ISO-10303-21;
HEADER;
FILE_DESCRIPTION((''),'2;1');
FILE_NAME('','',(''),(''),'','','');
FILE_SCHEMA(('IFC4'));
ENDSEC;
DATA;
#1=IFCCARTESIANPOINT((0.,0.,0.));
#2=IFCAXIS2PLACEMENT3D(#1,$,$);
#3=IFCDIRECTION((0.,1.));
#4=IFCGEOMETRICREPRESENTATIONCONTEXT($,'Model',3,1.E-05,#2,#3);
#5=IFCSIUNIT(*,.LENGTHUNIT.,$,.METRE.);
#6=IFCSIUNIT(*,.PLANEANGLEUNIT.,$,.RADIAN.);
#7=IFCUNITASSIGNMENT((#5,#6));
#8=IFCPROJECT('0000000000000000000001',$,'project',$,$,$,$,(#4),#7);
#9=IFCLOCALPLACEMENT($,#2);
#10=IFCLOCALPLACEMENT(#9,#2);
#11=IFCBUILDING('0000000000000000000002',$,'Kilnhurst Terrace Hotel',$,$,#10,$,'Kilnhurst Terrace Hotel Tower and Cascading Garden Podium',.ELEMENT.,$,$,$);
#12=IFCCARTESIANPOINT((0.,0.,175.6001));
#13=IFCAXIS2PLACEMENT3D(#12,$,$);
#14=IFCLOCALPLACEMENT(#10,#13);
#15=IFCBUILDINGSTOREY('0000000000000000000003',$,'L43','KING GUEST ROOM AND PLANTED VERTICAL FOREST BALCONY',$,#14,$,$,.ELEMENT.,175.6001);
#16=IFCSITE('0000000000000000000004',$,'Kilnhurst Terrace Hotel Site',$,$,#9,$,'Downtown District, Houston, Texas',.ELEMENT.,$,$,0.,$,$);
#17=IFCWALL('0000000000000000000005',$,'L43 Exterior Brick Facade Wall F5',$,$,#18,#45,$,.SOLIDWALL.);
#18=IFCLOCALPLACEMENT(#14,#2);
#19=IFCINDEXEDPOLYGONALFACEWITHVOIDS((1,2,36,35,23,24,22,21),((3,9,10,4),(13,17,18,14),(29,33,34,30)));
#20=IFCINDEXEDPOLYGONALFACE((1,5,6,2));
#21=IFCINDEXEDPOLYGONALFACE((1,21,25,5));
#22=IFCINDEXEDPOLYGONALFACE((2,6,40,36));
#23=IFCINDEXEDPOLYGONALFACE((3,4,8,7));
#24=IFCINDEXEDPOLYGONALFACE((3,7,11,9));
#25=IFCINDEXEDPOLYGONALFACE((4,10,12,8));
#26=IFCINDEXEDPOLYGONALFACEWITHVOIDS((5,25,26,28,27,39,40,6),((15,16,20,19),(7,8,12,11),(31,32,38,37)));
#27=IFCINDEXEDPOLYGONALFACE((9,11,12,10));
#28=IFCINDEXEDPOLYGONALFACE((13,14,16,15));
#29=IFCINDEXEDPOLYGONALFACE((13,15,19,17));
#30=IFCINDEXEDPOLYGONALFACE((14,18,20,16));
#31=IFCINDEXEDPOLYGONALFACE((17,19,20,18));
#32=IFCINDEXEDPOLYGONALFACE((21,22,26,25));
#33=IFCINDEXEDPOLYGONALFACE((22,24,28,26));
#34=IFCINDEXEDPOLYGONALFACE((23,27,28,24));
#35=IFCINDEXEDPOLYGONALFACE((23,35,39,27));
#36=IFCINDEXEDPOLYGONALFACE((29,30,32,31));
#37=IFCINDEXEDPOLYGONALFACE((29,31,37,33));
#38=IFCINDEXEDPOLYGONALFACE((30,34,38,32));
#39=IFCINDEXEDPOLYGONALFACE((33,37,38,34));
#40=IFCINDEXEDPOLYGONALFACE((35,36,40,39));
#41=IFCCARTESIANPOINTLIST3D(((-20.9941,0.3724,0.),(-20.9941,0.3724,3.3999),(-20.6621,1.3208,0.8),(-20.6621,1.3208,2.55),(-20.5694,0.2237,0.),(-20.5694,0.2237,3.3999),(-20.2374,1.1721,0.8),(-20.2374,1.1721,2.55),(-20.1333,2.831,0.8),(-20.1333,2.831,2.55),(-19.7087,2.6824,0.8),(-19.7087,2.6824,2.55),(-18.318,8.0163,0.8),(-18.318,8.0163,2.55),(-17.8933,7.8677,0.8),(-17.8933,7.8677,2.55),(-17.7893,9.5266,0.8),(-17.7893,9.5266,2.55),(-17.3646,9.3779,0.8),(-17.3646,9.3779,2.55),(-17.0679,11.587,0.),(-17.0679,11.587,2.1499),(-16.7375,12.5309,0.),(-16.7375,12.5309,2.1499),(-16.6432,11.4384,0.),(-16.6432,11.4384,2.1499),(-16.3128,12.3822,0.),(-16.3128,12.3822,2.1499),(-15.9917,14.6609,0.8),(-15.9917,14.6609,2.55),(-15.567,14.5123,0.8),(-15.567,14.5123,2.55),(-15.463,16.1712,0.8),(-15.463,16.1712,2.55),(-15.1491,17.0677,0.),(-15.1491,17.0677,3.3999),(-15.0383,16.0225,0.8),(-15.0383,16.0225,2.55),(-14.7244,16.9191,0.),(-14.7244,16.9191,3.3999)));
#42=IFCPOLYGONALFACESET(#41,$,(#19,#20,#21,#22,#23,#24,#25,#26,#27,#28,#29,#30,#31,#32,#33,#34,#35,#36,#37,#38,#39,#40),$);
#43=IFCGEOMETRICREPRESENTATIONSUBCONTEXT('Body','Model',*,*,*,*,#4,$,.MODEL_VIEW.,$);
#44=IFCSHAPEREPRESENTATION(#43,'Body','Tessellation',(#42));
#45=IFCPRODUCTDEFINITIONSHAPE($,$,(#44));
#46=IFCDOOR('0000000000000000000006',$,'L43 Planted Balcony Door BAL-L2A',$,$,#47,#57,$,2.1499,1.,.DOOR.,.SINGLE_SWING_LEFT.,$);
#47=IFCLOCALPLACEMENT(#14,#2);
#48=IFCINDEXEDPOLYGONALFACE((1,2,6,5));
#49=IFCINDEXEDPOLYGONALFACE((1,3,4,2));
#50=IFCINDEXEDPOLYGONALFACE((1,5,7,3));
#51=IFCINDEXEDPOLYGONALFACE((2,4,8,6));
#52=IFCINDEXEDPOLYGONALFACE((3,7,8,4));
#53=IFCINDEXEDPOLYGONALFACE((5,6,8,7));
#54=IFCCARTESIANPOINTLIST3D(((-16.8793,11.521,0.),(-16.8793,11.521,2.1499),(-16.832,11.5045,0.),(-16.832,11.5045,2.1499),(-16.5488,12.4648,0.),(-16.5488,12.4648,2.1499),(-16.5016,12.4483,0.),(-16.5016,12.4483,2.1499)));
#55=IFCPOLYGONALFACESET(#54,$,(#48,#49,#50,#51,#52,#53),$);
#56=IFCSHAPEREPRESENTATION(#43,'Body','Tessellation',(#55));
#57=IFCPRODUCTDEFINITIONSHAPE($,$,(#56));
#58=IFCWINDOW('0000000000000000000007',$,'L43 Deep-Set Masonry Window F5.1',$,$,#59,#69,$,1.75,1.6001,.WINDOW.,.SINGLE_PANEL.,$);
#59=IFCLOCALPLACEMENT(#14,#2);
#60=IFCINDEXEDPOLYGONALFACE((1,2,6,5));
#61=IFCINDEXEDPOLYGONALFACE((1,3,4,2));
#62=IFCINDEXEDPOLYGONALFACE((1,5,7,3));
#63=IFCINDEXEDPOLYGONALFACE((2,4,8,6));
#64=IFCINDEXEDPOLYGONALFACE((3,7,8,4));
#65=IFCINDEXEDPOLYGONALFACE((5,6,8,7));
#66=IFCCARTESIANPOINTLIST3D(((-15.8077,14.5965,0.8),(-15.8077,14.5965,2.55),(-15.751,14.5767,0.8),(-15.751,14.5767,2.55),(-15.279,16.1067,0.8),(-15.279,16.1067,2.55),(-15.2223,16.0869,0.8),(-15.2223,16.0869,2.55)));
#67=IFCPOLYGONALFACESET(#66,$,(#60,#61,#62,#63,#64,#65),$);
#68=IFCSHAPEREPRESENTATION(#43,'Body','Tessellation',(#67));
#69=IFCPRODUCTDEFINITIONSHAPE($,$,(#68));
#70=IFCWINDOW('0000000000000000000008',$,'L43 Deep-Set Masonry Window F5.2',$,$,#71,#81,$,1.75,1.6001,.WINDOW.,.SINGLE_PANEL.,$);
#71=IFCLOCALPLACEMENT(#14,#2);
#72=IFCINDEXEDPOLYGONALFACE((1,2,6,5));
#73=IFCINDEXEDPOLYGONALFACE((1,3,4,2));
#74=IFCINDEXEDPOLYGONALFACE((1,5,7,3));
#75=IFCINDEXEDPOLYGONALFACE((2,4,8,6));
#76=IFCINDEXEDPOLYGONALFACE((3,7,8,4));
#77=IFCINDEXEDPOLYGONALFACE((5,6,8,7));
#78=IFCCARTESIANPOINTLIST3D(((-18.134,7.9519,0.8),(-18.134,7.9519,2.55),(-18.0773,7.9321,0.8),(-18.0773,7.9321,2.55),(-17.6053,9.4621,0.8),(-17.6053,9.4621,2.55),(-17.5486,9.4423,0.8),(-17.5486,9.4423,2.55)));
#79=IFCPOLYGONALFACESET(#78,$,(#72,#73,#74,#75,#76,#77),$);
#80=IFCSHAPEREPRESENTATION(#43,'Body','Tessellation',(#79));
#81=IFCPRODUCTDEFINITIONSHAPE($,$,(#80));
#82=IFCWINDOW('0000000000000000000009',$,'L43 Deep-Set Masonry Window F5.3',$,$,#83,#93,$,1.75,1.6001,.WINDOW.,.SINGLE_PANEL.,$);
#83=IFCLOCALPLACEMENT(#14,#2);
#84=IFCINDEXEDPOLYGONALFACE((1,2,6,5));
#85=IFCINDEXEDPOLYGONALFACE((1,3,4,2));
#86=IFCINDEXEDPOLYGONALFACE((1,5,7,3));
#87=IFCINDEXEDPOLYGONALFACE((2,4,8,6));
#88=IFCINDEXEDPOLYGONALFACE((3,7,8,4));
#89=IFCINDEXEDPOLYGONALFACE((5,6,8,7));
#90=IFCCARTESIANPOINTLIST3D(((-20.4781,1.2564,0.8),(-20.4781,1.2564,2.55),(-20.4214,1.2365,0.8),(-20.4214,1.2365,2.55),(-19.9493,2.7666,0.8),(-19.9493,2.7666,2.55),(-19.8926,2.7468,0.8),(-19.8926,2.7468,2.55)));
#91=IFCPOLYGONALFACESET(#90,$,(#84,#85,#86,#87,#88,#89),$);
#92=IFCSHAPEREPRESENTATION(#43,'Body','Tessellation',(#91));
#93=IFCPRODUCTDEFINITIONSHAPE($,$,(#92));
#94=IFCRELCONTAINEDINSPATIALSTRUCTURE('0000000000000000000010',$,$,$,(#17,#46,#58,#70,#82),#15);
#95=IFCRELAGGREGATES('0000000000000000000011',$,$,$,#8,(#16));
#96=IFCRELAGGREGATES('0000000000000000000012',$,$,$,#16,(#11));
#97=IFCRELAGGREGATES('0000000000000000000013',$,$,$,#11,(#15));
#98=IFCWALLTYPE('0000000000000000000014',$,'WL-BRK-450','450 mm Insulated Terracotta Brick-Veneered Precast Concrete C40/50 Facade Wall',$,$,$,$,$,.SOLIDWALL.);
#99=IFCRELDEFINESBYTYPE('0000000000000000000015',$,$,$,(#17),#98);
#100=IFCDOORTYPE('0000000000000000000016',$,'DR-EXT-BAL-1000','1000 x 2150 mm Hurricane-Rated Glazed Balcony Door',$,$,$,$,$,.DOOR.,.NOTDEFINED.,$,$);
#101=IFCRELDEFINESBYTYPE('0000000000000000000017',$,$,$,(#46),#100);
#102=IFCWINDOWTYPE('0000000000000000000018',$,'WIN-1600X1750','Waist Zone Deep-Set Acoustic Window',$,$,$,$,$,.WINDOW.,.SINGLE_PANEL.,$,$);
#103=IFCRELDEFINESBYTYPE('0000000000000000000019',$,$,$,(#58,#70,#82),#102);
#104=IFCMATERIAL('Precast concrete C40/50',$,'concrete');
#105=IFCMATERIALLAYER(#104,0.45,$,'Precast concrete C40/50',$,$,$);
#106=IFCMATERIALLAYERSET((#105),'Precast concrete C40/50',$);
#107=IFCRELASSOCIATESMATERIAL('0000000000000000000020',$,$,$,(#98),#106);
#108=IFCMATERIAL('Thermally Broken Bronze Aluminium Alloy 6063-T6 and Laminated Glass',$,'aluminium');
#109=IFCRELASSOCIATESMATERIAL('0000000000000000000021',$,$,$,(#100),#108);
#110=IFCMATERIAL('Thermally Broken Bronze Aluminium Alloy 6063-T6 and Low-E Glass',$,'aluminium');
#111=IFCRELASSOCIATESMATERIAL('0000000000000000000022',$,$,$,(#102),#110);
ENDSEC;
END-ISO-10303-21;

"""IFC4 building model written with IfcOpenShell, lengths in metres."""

from ifc_helpers import new_model, si_unit, direction, frame, frame_2d, origin, place, context, subcontext, project, spatial, rectangle, extrude, material, layer, layer_set, type_object, element, fill, save


model = new_model("IFC4")

# Units and contexts
model_context = context("Model", 3, precision=1e-05, world=origin(), true_north=direction((0.0, 1.0)))
body_context = subcontext(model_context, "Body", "Model", "MODEL_VIEW")
ifc_project = project(units=[si_unit("LENGTHUNIT", "METRE"), si_unit("PLANEANGLEUNIT", "RADIAN")], contexts=[model_context])

# Site, building, storey
site_placement = place(None, origin())
site = spatial("IfcSite", under=ifc_project, at=site_placement, Name="Kilnhurst Terrace Hotel Site", LongName="Downtown District, Houston, Texas", CompositionType="ELEMENT", RefElevation=0.0)
building_placement = place(site_placement, origin())
building = spatial("IfcBuilding", under=site, at=building_placement, Name="Kilnhurst Terrace Hotel", LongName="Kilnhurst Terrace Hotel Tower and Cascading Garden Podium", CompositionType="ELEMENT")
storey_placement = place(building_placement, frame((0.0, 0.0, 175.6001)))
storey = spatial("IfcBuildingStorey", under=building, at=storey_placement, Name="L43", Description="KING GUEST ROOM AND PLANTED VERTICAL FOREST BALCONY", CompositionType="ELEMENT", Elevation=175.6001)

# Shared definitions
ifc_material_1 = material(Name="Precast concrete C40/50", Category="concrete")
ifc_layer_1 = layer(ifc_material_1, 0.45, Name="Precast concrete C40/50")
ifc_layer_set_1 = layer_set([ifc_layer_1], Name="Precast concrete C40/50")
wall_type_1 = type_object("IfcWallType", Name="WL-BRK-450", Description="450 mm Insulated Terracotta Brick-Veneered Precast Concrete C40/50 Facade Wall", PredefinedType="SOLIDWALL", material=ifc_layer_set_1)

# Wall, openings, door, windows
wall_1_placement = place(storey_placement, frame((-14.9368, 16.9934, 0.0), z_axis=(0.0, 0.0, 1.0), x_axis=(-0.330432, -0.94383, 0.0)))
wall_1 = element("IfcWall", 1, at=wall_1_placement, inside=storey, type_object=wall_type_1, Name="L43 Exterior Brick Facade Wall F5", PredefinedType="SOLIDWALL", context=body_context, shape_type="SweptSolid", body=[
    extrude(rectangle(XDim=17.689, YDim=0.45, at=frame_2d((8.8445, 0.0))), origin(), (0.0, 0.0, 1.0), 3.3999),
])
opening_1_placement = place(wall_1_placement, frame((4.8069, 0.0, 0.0)))
opening_1 = element("IfcOpeningElement", 2, at=opening_1_placement, cuts=wall_1, PredefinedType="OPENING", context=body_context, shape_type="SweptSolid", body=[
    extrude(rectangle(XDim=1.0, YDim=2.1499, at=frame_2d((0.5, 1.075))), frame((0.0, 0.2349, 0.0), z_axis=(0.0, -1.0, 0.0), x_axis=(1.0, 0.0, 0.0)), (0.0, 0.0, 1.0), 0.47),
])
opening_2_placement = place(wall_1_placement, frame((0.95, 0.0, 0.8)))
opening_2 = element("IfcOpeningElement", 3, at=opening_2_placement, cuts=wall_1, PredefinedType="OPENING", context=body_context, shape_type="SweptSolid", body=[
    extrude(rectangle(XDim=1.6001, YDim=1.75, at=frame_2d((0.8, 0.875))), frame((0.0, 0.2349, 0.0), z_axis=(0.0, -1.0, 0.0), x_axis=(1.0, 0.0, 0.0)), (0.0, 0.0, 1.0), 0.47),
])
opening_3_placement = place(wall_1_placement, frame((7.99, 0.0, 0.8)))
opening_3 = element("IfcOpeningElement", 4, at=opening_3_placement, cuts=wall_1, PredefinedType="OPENING", context=body_context, shape_type="SweptSolid", body=[
    extrude(rectangle(XDim=1.6001, YDim=1.75, at=frame_2d((0.8, 0.875))), frame((0.0, 0.2349, 0.0), z_axis=(0.0, -1.0, 0.0), x_axis=(1.0, 0.0, 0.0)), (0.0, 0.0, 1.0), 0.47),
])
opening_4_placement = place(wall_1_placement, frame((15.084, 0.0, 0.8)))
opening_4 = element("IfcOpeningElement", 5, at=opening_4_placement, cuts=wall_1, PredefinedType="OPENING", context=body_context, shape_type="SweptSolid", body=[
    extrude(rectangle(XDim=1.6001, YDim=1.75, at=frame_2d((0.8, 0.875))), frame((0.0, 0.2349, 0.0), z_axis=(0.0, -1.0, 0.0), x_axis=(1.0, 0.0, 0.0)), (0.0, 0.0, 1.0), 0.47),
])
ifc_material_2 = material(Name="Thermally Broken Bronze Aluminium Alloy 6063-T6 and Laminated Glass", Category="aluminium")
door_type_1 = type_object("IfcDoorType", Name="DR-EXT-BAL-1000", Description="1000 x 2150 mm Hurricane-Rated Glazed Balcony Door", OperationType="NOTDEFINED", PredefinedType="DOOR", material=ifc_material_2)
door_1_placement = place(opening_1_placement, origin())
door_1 = element("IfcDoor", 6, at=door_1_placement, inside=storey, type_object=door_type_1, Name="L43 Planted Balcony Door BAL-L2A", OperationType="SINGLE_SWING_LEFT", OverallHeight=2.1499, OverallWidth=1.0, PredefinedType="DOOR", context=body_context, shape_type="SweptSolid", body=[
    extrude(rectangle(XDim=1.0, YDim=2.1499, at=frame_2d((0.5, 1.075))), frame((0.0, 0.0249, 0.0), z_axis=(0.0, -1.0, 0.0), x_axis=(1.0, 0.0, 0.0)), (0.0, 0.0, 1.0), 0.05),
])
fill(opening_1, door_1)
ifc_material_3 = material(Name="Thermally Broken Bronze Aluminium Alloy 6063-T6 and Low-E Glass", Category="aluminium")
window_type = type_object("IfcWindowType", Name="WIN-1600X1750", Description="Waist Zone Deep-Set Acoustic Window", PartitioningType="SINGLE_PANEL", PredefinedType="WINDOW", material=ifc_material_3)
window_1_placement = place(opening_2_placement, origin())
window_1 = element("IfcWindow", 7, at=window_1_placement, inside=storey, type_object=window_type, Name="L43 Deep-Set Masonry Window F5.1", OverallHeight=1.75, OverallWidth=1.6001, PartitioningType="SINGLE_PANEL", PredefinedType="WINDOW", context=body_context, shape_type="SweptSolid", body=[
    extrude(rectangle(XDim=1.6001, YDim=1.75, at=frame_2d((0.8, 0.875))), frame((0.0, 0.03, 0.0), z_axis=(0.0, -1.0, 0.0), x_axis=(1.0, 0.0, 0.0)), (0.0, 0.0, 1.0), 0.0601),
])
fill(opening_2, window_1)
window_2_placement = place(opening_3_placement, origin())
window_2 = element("IfcWindow", 8, at=window_2_placement, inside=storey, type_object=window_type, Name="L43 Deep-Set Masonry Window F5.2", OverallHeight=1.75, OverallWidth=1.6001, PartitioningType="SINGLE_PANEL", PredefinedType="WINDOW", context=body_context, shape_type="SweptSolid", body=[
    extrude(rectangle(XDim=1.6001, YDim=1.75, at=frame_2d((0.8, 0.875))), frame((0.0, 0.03, 0.0), z_axis=(0.0, -1.0, 0.0), x_axis=(1.0, 0.0, 0.0)), (0.0, 0.0, 1.0), 0.0601),
])
fill(opening_3, window_2)
window_3_placement = place(opening_4_placement, origin())
window_3 = element("IfcWindow", 9, at=window_3_placement, inside=storey, type_object=window_type, Name="L43 Deep-Set Masonry Window F5.3", OverallHeight=1.75, OverallWidth=1.6001, PartitioningType="SINGLE_PANEL", PredefinedType="WINDOW", context=body_context, shape_type="SweptSolid", body=[
    extrude(rectangle(XDim=1.6001, YDim=1.75, at=frame_2d((0.8, 0.875))), frame((0.0, 0.03, 0.0), z_axis=(0.0, -1.0, 0.0), x_axis=(1.0, 0.0, 0.0)), (0.0, 0.0, 1.0), 0.0601),
])
fill(opening_4, window_3)

save(model, "model.ifc")
